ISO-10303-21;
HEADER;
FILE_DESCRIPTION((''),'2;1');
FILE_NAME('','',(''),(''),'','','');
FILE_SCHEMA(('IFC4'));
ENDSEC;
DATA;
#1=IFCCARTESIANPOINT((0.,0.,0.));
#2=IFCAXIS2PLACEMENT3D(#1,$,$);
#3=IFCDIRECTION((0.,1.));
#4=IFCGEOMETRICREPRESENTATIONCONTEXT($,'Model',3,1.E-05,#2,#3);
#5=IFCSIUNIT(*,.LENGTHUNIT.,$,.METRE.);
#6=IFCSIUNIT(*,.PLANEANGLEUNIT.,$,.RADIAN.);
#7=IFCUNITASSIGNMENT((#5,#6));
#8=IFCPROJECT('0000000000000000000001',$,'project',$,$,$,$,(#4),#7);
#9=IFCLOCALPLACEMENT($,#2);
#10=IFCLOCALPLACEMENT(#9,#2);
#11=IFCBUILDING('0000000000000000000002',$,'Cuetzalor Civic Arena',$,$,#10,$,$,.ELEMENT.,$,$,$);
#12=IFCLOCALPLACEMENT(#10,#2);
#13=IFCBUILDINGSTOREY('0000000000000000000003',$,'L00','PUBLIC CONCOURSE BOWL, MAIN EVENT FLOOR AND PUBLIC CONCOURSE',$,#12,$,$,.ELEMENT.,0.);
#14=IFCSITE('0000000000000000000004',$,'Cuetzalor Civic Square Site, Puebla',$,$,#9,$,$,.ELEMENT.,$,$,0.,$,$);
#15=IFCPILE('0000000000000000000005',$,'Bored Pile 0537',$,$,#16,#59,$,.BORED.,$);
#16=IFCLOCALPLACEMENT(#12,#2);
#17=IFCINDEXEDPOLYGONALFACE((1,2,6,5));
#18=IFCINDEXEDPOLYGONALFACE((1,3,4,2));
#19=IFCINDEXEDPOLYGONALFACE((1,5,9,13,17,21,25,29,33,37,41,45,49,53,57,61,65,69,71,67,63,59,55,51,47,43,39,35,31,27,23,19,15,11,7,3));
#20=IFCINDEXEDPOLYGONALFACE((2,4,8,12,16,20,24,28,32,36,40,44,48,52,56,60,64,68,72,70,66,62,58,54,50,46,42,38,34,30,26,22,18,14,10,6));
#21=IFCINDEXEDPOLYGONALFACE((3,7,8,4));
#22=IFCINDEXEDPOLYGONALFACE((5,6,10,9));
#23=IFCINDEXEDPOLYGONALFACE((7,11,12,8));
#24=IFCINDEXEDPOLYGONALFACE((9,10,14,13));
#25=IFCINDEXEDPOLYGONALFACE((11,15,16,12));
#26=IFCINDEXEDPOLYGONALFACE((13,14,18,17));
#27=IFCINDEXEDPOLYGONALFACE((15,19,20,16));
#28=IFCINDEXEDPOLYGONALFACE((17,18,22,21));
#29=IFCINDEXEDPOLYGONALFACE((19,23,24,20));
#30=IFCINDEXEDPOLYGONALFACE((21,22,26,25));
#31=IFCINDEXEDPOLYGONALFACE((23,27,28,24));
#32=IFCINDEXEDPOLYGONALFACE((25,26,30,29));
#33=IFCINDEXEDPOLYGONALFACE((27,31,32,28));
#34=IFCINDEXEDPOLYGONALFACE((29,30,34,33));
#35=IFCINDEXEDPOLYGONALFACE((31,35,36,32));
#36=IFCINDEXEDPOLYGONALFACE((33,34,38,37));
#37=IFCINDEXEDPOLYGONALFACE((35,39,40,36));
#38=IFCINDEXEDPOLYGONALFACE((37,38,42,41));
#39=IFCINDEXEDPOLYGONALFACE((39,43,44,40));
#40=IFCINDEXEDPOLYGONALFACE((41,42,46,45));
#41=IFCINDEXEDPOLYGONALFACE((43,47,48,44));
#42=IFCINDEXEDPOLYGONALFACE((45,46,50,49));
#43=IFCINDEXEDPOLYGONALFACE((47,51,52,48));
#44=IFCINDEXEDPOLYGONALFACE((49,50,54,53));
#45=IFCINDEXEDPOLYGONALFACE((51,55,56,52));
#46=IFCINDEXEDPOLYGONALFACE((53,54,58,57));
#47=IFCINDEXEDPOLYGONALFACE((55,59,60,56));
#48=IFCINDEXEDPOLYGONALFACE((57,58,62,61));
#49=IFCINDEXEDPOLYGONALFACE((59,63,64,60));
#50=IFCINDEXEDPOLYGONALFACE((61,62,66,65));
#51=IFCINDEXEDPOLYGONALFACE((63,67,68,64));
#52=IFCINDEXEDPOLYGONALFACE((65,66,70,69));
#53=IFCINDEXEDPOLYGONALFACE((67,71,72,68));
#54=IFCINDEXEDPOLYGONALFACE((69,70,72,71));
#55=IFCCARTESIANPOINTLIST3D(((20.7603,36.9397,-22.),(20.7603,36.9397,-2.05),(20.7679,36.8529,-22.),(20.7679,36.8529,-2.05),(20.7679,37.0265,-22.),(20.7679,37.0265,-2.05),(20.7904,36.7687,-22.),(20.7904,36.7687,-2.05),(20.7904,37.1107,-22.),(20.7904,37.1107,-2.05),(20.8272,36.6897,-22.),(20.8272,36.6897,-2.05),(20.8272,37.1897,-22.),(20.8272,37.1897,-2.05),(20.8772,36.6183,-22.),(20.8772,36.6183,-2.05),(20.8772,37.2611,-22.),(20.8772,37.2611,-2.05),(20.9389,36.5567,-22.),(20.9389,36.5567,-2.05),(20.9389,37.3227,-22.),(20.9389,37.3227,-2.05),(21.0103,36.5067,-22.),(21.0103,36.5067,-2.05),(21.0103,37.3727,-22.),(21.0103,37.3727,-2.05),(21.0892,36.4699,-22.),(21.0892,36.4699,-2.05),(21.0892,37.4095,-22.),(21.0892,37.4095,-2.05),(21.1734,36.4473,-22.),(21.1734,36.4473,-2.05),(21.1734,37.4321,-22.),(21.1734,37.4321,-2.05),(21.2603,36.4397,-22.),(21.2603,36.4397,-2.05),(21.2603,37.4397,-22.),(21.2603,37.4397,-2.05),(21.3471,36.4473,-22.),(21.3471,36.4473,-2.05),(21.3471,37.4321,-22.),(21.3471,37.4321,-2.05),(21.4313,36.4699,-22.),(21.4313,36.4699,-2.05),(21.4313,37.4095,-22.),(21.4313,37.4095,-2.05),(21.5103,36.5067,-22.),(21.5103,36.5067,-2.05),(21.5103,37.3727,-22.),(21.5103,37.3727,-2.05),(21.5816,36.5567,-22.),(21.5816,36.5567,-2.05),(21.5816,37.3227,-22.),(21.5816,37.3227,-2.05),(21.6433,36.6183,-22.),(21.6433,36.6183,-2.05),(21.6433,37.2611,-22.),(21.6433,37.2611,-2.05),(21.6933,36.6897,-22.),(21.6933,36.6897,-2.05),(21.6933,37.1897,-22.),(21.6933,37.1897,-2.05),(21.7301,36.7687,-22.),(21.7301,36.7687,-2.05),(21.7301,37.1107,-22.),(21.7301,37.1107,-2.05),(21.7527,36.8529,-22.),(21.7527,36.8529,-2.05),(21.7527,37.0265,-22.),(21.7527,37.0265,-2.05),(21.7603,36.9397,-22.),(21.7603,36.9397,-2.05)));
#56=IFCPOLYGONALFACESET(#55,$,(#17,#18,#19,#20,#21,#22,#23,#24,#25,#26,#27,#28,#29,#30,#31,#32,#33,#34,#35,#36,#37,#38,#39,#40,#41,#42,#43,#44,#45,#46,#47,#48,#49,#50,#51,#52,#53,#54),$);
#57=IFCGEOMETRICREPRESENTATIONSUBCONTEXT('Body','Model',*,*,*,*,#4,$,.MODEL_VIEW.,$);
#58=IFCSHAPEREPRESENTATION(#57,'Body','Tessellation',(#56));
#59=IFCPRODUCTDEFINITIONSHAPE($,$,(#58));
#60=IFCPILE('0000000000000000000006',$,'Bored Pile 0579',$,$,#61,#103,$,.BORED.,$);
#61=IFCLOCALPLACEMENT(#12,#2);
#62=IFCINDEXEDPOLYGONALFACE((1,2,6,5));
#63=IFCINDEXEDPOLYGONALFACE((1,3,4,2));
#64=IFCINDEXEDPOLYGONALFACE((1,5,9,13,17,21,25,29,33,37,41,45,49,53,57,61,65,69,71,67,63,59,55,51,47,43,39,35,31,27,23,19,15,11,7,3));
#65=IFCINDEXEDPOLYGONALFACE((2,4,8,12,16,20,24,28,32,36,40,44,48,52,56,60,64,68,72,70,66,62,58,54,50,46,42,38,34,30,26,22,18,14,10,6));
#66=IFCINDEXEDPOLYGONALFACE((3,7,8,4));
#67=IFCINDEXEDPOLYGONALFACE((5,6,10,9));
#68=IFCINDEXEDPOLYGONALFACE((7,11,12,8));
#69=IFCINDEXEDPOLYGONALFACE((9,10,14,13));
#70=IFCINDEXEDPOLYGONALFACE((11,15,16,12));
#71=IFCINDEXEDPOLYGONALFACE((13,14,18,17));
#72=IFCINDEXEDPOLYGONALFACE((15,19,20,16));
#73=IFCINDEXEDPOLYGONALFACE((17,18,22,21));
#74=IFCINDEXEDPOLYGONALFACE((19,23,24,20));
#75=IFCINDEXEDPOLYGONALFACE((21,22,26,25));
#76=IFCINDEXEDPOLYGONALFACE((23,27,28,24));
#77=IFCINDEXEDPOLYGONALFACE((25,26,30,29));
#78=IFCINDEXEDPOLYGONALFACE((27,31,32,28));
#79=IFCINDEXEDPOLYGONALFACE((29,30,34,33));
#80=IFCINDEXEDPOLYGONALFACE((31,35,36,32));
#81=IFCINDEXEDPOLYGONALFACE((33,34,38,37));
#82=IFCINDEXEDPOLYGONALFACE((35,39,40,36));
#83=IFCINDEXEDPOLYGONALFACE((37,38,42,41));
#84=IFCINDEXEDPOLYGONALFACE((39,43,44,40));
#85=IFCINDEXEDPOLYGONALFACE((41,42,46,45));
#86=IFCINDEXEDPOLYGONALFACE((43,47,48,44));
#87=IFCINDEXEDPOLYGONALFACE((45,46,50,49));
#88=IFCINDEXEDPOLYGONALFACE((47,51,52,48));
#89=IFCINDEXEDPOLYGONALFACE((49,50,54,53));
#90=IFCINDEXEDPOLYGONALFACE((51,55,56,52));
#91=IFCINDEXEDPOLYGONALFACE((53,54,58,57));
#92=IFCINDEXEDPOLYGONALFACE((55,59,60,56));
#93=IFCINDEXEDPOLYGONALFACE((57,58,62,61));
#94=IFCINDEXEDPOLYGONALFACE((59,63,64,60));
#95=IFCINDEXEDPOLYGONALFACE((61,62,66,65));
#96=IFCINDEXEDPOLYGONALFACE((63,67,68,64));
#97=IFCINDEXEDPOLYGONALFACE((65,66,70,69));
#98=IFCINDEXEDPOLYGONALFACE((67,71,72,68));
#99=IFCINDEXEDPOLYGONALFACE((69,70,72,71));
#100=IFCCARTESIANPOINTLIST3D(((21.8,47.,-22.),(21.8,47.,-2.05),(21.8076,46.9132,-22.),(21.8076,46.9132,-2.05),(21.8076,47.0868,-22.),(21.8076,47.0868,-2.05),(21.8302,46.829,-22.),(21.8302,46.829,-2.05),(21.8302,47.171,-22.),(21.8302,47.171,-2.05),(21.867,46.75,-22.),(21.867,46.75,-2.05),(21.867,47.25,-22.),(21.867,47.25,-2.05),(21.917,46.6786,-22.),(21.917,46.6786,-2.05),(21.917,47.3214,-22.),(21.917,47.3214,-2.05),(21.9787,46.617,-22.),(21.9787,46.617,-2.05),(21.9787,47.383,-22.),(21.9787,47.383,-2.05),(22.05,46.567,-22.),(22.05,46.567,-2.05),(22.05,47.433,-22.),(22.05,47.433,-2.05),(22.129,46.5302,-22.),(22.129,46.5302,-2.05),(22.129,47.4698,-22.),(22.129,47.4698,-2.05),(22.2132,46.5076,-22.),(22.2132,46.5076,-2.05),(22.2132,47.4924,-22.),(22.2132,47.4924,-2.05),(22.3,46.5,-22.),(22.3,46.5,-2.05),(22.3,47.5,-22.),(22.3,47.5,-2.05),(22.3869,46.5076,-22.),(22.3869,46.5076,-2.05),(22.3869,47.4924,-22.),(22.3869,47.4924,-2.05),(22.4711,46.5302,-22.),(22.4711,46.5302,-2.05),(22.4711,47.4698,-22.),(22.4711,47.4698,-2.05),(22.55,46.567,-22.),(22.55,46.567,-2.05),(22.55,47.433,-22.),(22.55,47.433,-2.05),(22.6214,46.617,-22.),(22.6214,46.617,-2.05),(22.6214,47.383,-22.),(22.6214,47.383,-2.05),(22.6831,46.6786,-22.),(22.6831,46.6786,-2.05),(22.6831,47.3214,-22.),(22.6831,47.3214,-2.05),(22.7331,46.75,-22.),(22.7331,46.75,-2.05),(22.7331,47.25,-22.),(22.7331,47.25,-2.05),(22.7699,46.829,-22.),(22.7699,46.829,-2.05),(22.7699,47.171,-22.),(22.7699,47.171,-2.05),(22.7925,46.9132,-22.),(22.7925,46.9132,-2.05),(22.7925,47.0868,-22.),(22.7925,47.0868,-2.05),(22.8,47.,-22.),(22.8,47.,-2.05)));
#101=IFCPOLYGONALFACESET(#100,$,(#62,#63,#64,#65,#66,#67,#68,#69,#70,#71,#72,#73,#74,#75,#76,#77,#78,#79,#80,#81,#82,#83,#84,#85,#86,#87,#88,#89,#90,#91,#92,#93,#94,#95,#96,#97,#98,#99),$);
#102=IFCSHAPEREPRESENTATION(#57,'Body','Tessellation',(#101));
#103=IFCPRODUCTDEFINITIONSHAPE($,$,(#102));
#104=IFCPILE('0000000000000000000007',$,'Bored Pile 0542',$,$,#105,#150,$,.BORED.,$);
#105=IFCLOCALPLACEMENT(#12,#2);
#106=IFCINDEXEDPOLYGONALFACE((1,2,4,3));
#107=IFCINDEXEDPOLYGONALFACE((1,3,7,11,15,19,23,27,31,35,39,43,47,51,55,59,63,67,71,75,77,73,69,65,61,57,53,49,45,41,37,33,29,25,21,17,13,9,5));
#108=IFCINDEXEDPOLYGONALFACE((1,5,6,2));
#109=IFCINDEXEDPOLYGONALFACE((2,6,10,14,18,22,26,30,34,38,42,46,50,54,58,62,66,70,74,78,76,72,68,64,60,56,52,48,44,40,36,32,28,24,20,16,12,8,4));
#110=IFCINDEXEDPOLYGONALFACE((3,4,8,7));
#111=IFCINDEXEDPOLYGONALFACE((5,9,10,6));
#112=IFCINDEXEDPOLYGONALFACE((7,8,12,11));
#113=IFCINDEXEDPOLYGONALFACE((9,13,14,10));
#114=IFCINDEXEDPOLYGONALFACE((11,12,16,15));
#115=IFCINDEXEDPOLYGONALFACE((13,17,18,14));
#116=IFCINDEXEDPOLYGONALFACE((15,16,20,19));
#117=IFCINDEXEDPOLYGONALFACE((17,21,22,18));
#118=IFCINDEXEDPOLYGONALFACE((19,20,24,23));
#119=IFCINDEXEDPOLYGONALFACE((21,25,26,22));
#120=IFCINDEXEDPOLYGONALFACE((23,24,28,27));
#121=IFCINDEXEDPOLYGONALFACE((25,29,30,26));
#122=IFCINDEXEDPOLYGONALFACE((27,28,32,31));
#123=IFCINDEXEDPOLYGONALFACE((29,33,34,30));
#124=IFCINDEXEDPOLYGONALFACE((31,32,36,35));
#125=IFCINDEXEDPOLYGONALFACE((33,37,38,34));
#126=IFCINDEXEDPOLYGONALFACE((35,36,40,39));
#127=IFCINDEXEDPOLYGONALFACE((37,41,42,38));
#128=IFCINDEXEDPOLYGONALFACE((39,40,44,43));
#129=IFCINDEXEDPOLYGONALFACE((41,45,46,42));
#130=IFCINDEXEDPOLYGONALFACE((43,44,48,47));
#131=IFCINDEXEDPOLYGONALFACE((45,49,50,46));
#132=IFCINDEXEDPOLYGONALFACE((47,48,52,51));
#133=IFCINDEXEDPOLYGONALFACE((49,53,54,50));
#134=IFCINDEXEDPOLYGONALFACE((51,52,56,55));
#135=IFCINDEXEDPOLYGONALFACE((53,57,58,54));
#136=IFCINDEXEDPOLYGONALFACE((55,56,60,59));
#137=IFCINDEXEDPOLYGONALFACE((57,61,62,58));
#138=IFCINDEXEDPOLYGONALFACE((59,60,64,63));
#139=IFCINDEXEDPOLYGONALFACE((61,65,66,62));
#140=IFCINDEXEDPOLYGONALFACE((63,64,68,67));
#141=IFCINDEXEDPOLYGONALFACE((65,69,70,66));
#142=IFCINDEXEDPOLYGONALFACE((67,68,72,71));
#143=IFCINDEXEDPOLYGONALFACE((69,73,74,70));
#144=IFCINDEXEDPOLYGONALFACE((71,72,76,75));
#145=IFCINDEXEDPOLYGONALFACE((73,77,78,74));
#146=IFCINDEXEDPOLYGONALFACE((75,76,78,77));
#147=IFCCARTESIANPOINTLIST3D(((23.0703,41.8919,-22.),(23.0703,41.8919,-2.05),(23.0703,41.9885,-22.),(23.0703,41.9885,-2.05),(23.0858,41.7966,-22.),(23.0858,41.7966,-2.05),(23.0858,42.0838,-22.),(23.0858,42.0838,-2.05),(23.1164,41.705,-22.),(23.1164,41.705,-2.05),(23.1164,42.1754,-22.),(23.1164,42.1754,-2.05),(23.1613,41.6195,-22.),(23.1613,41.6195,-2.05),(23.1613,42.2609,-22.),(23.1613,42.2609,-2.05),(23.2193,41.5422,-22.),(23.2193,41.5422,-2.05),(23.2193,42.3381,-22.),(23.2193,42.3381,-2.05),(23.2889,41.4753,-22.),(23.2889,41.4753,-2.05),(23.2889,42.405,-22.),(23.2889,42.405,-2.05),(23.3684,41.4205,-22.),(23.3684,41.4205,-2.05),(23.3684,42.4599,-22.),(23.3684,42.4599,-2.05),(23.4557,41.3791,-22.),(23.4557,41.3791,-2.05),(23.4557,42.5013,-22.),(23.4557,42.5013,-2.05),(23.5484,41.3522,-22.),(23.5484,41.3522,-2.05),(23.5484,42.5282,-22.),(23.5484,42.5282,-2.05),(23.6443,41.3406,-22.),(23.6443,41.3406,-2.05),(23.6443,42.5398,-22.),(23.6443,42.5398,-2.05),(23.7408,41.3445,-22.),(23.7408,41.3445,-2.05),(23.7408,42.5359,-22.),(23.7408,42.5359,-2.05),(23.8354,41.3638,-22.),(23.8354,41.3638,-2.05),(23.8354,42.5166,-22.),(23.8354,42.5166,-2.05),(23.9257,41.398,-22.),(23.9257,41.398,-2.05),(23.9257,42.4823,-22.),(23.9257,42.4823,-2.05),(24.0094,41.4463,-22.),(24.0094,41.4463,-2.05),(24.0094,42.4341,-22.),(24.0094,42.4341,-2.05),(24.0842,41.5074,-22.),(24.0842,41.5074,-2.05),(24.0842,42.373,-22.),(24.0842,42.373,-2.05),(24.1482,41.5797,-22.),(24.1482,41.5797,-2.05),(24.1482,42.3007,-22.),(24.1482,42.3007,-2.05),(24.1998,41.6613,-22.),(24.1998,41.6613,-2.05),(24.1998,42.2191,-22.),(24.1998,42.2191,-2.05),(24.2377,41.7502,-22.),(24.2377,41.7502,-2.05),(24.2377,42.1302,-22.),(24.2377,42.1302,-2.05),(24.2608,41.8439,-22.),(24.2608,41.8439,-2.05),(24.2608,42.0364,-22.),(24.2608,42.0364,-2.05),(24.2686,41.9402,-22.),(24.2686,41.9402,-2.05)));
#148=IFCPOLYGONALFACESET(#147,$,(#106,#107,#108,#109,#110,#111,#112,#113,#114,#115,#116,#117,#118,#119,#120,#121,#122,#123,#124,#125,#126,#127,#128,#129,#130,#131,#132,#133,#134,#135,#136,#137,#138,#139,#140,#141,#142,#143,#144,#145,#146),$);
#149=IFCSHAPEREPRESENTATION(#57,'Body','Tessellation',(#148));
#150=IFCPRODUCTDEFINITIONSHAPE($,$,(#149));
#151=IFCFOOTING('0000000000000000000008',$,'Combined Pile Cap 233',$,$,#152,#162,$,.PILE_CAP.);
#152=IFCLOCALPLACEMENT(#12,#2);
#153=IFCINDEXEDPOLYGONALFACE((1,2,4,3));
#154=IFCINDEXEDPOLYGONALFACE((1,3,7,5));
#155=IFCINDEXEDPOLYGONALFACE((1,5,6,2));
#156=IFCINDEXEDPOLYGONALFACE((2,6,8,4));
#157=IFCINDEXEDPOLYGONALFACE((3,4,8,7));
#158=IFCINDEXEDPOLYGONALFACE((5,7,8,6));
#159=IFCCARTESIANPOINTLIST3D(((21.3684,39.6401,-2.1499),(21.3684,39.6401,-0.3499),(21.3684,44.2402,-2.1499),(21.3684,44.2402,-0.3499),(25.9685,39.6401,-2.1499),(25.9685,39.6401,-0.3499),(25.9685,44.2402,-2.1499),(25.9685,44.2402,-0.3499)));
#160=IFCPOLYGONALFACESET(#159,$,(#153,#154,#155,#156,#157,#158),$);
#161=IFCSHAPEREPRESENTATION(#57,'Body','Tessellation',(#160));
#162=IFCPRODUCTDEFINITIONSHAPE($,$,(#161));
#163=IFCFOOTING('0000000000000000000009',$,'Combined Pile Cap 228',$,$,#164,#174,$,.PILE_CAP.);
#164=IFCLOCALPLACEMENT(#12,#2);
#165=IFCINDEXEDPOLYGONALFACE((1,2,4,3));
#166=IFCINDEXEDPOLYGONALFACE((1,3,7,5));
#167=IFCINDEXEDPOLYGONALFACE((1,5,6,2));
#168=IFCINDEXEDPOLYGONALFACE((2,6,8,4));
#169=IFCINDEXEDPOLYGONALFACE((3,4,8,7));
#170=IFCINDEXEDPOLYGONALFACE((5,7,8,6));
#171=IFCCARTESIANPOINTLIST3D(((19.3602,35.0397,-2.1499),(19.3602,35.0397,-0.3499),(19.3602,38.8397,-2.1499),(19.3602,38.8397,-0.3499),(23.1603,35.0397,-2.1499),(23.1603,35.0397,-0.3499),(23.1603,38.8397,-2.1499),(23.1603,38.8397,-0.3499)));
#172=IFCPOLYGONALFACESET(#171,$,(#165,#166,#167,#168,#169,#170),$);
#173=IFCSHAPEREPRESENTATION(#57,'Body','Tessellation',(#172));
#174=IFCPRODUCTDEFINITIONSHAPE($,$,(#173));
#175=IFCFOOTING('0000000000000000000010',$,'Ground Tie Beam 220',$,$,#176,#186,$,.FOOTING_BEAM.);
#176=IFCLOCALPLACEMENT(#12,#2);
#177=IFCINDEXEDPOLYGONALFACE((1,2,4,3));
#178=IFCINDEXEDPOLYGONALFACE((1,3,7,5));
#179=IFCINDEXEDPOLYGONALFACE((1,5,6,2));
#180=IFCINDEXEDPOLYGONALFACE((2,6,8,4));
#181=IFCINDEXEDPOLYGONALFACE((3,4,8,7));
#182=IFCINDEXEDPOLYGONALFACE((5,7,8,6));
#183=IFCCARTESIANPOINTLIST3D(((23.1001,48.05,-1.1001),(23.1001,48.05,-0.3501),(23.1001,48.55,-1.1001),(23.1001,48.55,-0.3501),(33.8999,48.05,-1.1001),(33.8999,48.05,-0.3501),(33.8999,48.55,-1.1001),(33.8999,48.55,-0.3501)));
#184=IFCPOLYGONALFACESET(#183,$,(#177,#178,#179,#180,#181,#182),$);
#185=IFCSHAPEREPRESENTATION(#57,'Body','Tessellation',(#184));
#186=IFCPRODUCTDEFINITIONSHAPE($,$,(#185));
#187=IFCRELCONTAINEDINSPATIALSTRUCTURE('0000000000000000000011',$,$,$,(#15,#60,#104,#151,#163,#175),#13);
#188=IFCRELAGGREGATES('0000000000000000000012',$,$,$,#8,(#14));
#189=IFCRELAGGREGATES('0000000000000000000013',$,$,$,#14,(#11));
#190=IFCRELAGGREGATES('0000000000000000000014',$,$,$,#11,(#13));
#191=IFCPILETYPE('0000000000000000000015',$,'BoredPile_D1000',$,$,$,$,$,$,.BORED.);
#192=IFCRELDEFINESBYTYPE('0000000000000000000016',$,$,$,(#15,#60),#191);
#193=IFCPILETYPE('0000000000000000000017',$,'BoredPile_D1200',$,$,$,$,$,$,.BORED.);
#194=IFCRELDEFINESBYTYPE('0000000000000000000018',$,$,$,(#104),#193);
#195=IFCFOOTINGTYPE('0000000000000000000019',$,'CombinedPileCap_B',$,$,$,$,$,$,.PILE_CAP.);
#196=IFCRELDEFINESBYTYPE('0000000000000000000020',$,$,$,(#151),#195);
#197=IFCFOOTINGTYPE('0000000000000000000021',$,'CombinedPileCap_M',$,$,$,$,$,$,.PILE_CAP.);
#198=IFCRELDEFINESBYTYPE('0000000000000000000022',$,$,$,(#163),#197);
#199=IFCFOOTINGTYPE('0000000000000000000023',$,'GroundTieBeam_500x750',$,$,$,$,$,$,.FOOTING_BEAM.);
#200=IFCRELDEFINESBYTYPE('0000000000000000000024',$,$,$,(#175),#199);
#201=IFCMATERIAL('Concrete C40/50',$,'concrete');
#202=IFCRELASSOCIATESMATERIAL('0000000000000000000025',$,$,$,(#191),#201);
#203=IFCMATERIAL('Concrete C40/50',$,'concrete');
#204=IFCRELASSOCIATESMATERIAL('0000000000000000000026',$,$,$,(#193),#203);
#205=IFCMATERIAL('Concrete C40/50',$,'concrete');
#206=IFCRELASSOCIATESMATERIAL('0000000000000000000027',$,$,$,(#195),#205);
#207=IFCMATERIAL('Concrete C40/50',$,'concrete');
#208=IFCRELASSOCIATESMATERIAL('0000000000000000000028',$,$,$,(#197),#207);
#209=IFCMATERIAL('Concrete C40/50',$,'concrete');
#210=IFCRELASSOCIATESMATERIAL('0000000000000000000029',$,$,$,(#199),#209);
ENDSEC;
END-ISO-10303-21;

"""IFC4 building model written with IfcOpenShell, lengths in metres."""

from ifc_helpers import new_model, si_unit, direction, frame, origin, origin_2d, place, context, subcontext, project, spatial, rectangle, circle, extrude, material, material_profile, profile_set, type_object, element, save


model = new_model("IFC4")

# Units and contexts
model_context = context("Model", 3, precision=1e-05, world=origin(), true_north=direction((0.0, 1.0)))
body_context = subcontext(model_context, "Body", "Model", "MODEL_VIEW")
ifc_project = project(units=[si_unit("LENGTHUNIT", "METRE"), si_unit("PLANEANGLEUNIT", "RADIAN")], contexts=[model_context])

# Site, building, storey
site_placement = place(None, origin())
site = spatial("IfcSite", under=ifc_project, at=site_placement, Name="Cuetzalor Civic Square Site, Puebla", CompositionType="ELEMENT", RefElevation=0.0)
building_placement = place(site_placement, origin())
building = spatial("IfcBuilding", under=site, at=building_placement, Name="Cuetzalor Civic Arena", CompositionType="ELEMENT")
storey_placement = place(building_placement, origin())
storey = spatial("IfcBuildingStorey", under=building, at=storey_placement, Name="L00", Description="PUBLIC CONCOURSE BOWL, MAIN EVENT FLOOR AND PUBLIC CONCOURSE", CompositionType="ELEMENT", Elevation=0.0)

# Piles
ifc_material_1 = material(Name="Concrete C40/50", Category="concrete")
ifc_material_profile_1 = material_profile(ifc_material_1, circle(Radius=0.5, at=origin_2d()), Name="BORED PILE D1000")
ifc_profile_set_1 = profile_set([ifc_material_profile_1], Name="Concrete C40/50")
pile_type_1 = type_object("IfcPileType", Name="BoredPile_D1000", PredefinedType="BORED", material=ifc_profile_set_1)
for number, where, z_axis, x_axis, name in (
    (1, (21.2603, 36.9397, -2.05), (0.0, 0.0, -1.0), (1.0, 0.0, 0.0), "Bored Pile 0537"),
    (2, (22.3, 47.0, -2.05), (0.0, 0.0, -1.0), (1.0, 0.0, 0.0), "Bored Pile 0579"),
):
    element("IfcPile", number, at=place(storey_placement, frame(where, z_axis=z_axis, x_axis=x_axis)), inside=storey, type_object=pile_type_1, Name=name, PredefinedType="BORED", context=body_context, shape_type="SweptSolid", body=[
        extrude(circle(Radius=0.5, at=origin_2d()), origin(), (0.0, 0.0, 1.0), 19.95),
    ])
ifc_material_2 = material(Name="Concrete C40/50", Category="concrete")
ifc_material_profile_2 = material_profile(ifc_material_2, circle(Radius=0.6001, at=origin_2d()), Name="BORED PILE D1200")
ifc_profile_set_2 = profile_set([ifc_material_profile_2], Name="Concrete C40/50")
pile_type_2 = type_object("IfcPileType", Name="BoredPile_D1200", PredefinedType="BORED", material=ifc_profile_set_2)
pile_placement = place(storey_placement, frame((23.6685, 41.9402, -2.05), z_axis=(0.0, 0.0, -1.0), x_axis=(1.0, 0.0, 0.0)))
element("IfcPile", 3, at=pile_placement, inside=storey, type_object=pile_type_2, Name="Bored Pile 0542", PredefinedType="BORED", context=body_context, shape_type="SweptSolid", body=[
    extrude(circle(Radius=0.6001, at=origin_2d()), origin(), (0.0, 0.0, 1.0), 19.95),
])

# Footings
ifc_material_3 = material(Name="Concrete C40/50", Category="concrete")
footing_type_1 = type_object("IfcFootingType", Name="CombinedPileCap_B", PredefinedType="PILE_CAP", material=ifc_material_3)
footing_1_placement = place(storey_placement, frame((23.6685, 41.9402, -2.1499), z_axis=(0.0, 0.0, 1.0), x_axis=(1.0, 0.0, 0.0)))
element("IfcFooting", 4, at=footing_1_placement, inside=storey, type_object=footing_type_1, Name="Combined Pile Cap 233", PredefinedType="PILE_CAP", context=body_context, shape_type="SweptSolid", body=[
    extrude(rectangle(XDim=4.6001, YDim=4.6001, at=origin_2d()), origin(), (0.0, 0.0, 1.0), 1.8),
])
ifc_material_4 = material(Name="Concrete C40/50", Category="concrete")
footing_type_2 = type_object("IfcFootingType", Name="CombinedPileCap_M", PredefinedType="PILE_CAP", material=ifc_material_4)
footing_2_placement = place(storey_placement, frame((21.2603, 36.9397, -2.1499), z_axis=(0.0, 0.0, 1.0), x_axis=(1.0, 0.0, 0.0)))
element("IfcFooting", 5, at=footing_2_placement, inside=storey, type_object=footing_type_2, Name="Combined Pile Cap 228", PredefinedType="PILE_CAP", context=body_context, shape_type="SweptSolid", body=[
    extrude(rectangle(XDim=3.8, YDim=3.8, at=origin_2d()), origin(), (0.0, 0.0, 1.0), 1.8),
])
ifc_material_5 = material(Name="Concrete C40/50", Category="concrete")
ifc_material_profile_3 = material_profile(ifc_material_5, rectangle(XDim=0.5, YDim=0.75, at=origin_2d()), Name="RC 500x750")
ifc_profile_set_3 = profile_set([ifc_material_profile_3], Name="Concrete C40/50")
footing_type_3 = type_object("IfcFootingType", Name="GroundTieBeam_500x750", PredefinedType="FOOTING_BEAM", material=ifc_profile_set_3)
footing_3_placement = place(storey_placement, frame((23.1001, 48.3, -0.7251), z_axis=(1.0, 0.0, 0.0), x_axis=(0.0, 1.0, 0.0)))
element("IfcFooting", 6, at=footing_3_placement, inside=storey, type_object=footing_type_3, Name="Ground Tie Beam 220", PredefinedType="FOOTING_BEAM", context=body_context, shape_type="SweptSolid", body=[
    extrude(rectangle(XDim=0.5, YDim=0.75, at=origin_2d()), origin(), (0.0, 0.0, 1.0), 10.7998),
])

save(model, "model.ifc")
